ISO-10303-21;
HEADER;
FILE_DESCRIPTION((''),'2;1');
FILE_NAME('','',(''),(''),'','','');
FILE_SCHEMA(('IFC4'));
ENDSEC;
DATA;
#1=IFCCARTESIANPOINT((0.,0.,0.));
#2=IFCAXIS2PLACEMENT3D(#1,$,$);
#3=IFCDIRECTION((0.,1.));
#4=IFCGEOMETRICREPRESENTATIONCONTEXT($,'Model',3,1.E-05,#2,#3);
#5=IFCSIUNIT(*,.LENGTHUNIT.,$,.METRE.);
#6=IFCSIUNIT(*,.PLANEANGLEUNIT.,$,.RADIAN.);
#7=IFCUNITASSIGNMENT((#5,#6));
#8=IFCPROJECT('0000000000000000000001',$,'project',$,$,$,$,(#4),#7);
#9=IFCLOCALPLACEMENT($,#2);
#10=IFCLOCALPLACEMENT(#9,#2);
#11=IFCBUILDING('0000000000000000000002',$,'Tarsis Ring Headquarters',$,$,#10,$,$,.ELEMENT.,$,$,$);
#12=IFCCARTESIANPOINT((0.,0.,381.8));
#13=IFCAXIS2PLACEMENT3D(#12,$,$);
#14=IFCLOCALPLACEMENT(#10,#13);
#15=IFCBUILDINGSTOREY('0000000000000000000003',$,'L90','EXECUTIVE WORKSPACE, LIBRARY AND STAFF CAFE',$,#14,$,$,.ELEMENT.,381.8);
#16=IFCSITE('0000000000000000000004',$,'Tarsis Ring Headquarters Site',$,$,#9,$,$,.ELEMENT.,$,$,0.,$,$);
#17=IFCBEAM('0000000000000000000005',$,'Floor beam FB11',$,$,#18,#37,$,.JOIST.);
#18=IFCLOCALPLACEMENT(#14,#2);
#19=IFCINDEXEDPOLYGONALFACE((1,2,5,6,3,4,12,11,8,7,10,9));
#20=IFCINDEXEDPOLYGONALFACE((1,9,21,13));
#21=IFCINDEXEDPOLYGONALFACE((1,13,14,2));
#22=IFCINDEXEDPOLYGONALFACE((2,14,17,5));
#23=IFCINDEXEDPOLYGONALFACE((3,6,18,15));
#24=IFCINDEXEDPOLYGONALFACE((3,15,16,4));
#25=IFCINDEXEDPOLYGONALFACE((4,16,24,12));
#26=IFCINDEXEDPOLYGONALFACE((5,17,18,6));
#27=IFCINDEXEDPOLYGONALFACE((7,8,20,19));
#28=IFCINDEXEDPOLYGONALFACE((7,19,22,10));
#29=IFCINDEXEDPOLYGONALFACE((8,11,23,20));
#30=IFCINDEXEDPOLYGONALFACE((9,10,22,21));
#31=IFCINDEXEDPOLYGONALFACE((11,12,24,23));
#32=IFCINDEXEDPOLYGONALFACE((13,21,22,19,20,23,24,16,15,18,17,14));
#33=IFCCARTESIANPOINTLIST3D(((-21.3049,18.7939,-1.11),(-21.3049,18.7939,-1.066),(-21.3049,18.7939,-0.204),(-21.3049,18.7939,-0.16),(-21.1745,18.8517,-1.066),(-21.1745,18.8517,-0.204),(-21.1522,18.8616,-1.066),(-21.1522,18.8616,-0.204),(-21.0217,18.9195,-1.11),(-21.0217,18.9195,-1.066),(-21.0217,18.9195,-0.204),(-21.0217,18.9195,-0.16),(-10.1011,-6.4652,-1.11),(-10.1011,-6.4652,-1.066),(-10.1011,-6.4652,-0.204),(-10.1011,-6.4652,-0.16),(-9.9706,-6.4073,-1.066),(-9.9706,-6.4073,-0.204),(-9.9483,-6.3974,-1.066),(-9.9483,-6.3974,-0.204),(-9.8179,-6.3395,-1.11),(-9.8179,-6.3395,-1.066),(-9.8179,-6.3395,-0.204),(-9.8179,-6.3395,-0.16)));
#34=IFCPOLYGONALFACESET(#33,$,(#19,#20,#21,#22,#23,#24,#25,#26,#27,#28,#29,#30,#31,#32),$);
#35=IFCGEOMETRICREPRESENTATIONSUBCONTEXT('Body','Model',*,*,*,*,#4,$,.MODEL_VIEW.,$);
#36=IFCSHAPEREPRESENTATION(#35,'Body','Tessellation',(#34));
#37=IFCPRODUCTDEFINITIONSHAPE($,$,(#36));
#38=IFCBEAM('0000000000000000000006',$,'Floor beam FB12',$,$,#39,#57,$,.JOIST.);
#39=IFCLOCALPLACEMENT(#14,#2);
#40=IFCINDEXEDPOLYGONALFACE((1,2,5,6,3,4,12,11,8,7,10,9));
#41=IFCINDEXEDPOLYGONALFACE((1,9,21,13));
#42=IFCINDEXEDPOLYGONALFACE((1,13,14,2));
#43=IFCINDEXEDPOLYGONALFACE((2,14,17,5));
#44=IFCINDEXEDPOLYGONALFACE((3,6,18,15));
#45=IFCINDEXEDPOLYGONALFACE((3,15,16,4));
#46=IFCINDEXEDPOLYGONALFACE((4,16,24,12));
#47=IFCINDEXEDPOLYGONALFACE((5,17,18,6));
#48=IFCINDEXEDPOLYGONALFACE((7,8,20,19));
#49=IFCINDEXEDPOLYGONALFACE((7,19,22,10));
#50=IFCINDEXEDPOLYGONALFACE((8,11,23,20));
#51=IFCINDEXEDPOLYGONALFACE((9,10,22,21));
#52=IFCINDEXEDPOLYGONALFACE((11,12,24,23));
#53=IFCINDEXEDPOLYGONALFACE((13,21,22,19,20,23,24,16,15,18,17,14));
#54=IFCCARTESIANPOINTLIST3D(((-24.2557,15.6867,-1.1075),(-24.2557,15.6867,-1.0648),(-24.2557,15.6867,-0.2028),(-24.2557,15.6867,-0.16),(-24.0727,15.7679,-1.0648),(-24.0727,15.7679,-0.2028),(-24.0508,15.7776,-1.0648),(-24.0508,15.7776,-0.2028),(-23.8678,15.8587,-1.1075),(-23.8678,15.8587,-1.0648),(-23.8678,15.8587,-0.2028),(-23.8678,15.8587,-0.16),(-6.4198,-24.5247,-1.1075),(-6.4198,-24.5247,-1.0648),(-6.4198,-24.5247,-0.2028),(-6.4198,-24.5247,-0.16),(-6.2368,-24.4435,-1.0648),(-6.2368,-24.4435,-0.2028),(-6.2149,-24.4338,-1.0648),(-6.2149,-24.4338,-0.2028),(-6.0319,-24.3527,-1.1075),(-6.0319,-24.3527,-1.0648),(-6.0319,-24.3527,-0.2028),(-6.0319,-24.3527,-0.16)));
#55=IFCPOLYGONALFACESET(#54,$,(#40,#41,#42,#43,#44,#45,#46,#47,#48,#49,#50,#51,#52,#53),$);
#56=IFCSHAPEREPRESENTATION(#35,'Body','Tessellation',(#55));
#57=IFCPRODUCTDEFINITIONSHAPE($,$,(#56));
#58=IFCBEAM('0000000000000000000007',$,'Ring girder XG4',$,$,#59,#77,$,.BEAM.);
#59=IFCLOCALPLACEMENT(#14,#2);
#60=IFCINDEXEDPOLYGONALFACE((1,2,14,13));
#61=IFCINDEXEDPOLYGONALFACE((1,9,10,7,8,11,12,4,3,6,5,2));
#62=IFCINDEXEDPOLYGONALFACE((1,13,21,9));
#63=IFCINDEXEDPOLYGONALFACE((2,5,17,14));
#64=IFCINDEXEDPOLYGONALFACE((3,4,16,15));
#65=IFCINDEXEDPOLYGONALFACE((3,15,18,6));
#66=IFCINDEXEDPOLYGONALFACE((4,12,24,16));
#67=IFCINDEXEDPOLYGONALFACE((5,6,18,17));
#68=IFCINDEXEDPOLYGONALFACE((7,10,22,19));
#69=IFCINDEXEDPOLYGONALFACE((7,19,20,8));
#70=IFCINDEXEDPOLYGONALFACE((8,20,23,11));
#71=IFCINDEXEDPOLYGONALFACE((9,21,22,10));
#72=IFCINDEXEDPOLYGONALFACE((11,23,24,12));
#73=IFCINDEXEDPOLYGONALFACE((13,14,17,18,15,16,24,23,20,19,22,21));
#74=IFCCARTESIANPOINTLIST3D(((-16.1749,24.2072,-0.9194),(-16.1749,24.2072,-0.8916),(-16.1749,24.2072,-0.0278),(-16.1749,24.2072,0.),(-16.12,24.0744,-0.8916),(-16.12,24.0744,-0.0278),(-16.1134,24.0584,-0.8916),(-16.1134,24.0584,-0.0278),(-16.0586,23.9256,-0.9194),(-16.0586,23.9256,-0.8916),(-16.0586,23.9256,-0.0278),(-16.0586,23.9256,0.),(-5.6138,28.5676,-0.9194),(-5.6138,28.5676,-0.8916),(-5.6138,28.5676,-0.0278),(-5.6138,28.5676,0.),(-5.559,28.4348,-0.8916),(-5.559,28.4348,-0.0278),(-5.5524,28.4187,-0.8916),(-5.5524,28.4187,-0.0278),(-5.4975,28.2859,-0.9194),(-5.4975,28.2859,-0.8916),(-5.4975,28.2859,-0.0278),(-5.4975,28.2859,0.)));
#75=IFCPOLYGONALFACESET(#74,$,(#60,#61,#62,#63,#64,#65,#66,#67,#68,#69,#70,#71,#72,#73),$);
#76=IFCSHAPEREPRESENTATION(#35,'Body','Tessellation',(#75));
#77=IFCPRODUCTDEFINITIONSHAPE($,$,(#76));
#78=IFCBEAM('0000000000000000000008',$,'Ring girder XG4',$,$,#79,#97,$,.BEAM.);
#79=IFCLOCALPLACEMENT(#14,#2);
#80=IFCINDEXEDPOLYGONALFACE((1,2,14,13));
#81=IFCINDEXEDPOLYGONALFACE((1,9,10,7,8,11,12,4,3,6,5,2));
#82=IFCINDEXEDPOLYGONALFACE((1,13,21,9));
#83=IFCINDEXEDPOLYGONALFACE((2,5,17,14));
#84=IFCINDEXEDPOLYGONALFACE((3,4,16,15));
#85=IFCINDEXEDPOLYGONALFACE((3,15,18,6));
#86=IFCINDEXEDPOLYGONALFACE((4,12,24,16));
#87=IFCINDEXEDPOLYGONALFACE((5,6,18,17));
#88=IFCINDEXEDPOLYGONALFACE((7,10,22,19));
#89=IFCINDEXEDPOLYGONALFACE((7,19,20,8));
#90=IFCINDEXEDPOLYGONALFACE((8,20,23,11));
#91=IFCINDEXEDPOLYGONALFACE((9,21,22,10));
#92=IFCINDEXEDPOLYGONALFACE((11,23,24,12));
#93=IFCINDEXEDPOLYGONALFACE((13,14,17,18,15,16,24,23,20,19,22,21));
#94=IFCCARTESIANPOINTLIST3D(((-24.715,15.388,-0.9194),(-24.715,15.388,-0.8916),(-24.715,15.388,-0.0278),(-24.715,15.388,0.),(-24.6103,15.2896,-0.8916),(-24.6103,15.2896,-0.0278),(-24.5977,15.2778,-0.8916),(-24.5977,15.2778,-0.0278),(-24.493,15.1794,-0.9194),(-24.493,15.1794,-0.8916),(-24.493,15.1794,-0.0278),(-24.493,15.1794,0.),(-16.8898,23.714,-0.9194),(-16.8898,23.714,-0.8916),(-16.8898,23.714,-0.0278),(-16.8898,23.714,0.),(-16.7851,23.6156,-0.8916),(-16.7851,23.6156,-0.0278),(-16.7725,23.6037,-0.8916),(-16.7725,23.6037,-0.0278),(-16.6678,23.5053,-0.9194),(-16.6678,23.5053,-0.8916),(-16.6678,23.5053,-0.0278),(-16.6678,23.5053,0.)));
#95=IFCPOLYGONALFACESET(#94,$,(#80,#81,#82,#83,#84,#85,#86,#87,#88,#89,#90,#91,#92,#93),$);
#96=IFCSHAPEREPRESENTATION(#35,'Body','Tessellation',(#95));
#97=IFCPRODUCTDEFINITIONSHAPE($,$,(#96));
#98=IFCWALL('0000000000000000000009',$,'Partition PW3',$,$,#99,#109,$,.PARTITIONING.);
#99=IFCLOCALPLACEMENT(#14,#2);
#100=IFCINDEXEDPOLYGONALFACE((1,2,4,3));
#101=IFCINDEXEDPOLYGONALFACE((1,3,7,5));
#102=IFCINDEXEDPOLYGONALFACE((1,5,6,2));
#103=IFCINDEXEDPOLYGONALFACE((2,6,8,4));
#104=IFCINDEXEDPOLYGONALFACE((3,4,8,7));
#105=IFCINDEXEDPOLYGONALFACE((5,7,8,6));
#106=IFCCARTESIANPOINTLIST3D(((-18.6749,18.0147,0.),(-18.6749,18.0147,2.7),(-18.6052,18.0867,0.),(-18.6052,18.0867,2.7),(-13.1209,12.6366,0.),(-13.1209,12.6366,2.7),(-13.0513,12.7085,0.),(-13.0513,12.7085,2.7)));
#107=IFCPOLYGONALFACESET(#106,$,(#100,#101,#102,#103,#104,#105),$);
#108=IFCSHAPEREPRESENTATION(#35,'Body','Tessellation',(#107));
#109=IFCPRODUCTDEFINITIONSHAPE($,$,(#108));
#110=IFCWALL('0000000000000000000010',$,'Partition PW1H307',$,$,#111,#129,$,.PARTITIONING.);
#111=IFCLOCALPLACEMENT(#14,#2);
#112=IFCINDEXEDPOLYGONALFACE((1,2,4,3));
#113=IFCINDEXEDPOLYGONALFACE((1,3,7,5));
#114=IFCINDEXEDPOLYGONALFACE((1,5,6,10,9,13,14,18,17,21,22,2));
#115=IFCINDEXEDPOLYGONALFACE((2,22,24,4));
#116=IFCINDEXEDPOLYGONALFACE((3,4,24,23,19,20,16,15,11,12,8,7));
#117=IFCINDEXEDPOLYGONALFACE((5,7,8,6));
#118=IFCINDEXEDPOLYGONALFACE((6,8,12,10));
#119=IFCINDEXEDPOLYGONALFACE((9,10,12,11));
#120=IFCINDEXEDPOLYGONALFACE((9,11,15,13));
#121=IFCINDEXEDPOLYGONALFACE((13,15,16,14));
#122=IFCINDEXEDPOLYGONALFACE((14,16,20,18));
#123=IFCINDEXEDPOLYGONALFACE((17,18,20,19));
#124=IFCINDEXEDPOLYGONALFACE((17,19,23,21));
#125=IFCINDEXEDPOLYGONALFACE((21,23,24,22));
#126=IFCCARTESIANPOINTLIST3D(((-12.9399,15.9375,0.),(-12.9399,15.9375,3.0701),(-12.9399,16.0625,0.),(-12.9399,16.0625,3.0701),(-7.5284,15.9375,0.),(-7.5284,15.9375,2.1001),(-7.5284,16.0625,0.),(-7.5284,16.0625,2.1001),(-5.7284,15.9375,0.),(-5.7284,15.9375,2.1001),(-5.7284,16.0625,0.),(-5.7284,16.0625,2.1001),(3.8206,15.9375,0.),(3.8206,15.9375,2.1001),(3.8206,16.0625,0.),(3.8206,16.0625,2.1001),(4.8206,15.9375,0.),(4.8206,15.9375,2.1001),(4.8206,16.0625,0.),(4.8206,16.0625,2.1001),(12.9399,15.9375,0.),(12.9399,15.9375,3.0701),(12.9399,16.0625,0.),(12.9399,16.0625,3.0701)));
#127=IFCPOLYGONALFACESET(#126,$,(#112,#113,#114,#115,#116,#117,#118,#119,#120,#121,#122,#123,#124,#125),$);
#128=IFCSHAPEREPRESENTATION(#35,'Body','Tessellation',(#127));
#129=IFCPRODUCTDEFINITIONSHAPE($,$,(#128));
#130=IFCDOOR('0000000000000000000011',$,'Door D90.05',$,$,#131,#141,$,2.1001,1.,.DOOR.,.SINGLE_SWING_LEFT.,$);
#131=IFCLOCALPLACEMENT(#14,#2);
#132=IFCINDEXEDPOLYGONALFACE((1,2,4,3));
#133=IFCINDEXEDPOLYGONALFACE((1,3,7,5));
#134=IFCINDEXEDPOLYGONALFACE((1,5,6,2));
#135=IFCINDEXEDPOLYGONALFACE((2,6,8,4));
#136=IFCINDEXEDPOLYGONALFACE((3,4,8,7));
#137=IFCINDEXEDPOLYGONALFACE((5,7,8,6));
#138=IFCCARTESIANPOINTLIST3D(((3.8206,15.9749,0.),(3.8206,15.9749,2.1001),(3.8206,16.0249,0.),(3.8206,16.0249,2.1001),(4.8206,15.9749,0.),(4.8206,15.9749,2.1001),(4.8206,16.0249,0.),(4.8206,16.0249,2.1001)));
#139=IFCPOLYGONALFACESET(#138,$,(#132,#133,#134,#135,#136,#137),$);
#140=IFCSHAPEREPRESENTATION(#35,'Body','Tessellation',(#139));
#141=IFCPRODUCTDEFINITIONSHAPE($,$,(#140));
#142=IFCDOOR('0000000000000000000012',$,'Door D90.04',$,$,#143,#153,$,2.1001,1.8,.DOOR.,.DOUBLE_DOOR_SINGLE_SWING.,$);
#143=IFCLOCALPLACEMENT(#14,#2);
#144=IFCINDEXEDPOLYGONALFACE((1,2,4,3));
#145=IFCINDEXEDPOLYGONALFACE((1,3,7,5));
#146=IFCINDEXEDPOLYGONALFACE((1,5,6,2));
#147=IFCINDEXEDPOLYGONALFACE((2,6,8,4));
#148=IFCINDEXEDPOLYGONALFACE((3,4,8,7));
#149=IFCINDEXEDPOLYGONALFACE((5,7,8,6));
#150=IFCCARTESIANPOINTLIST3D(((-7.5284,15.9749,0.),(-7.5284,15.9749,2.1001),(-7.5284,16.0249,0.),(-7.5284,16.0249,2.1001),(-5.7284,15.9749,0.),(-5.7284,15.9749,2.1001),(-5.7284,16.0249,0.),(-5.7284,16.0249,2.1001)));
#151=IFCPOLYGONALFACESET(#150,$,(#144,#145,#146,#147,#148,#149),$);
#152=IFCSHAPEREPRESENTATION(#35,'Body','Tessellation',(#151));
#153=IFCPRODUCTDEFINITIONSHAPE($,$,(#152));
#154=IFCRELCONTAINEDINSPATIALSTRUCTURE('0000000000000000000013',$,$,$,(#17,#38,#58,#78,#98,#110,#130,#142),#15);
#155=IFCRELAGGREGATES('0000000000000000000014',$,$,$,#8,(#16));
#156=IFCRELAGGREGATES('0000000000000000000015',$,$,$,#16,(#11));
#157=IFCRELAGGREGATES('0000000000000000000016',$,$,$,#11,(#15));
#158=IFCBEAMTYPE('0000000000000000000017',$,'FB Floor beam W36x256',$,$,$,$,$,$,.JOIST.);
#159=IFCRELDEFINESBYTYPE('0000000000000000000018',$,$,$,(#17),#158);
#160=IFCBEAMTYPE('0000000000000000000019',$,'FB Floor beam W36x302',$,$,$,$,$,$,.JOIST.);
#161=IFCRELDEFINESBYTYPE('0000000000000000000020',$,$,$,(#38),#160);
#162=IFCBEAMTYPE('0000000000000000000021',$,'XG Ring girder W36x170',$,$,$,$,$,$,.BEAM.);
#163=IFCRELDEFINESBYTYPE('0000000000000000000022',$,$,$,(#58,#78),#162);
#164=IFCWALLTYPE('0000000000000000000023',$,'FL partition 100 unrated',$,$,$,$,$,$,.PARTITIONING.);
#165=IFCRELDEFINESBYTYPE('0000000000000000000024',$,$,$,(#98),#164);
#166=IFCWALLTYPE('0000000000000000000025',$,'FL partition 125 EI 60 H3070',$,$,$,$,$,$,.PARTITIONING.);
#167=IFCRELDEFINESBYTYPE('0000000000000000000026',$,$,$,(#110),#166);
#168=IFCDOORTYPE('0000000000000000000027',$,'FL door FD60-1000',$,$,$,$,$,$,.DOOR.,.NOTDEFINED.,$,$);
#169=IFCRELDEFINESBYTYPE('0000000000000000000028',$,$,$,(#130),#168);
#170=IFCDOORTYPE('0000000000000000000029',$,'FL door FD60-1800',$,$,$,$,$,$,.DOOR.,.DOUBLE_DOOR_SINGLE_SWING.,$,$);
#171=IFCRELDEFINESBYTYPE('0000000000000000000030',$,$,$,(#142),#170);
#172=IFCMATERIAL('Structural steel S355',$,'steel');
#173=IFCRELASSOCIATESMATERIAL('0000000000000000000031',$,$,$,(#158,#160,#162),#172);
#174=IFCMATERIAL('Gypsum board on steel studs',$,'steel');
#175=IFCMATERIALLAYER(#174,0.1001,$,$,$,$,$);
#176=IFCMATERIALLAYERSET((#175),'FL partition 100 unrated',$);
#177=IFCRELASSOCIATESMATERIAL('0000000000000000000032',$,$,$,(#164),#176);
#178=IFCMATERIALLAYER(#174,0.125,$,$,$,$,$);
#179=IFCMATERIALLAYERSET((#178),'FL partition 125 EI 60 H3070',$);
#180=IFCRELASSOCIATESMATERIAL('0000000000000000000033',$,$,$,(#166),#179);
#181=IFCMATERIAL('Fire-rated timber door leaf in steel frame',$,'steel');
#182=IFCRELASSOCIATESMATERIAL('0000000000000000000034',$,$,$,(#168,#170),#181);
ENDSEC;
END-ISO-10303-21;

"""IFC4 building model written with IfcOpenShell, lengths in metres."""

from ifc_helpers import new_model, si_unit, direction, frame, frame_2d, origin, origin_2d, place, context, subcontext, project, spatial, rectangle, i_section, extrude, material, layer, layer_set, material_profile, profile_set, type_object, element, fill, save


model = new_model("IFC4")

# Units and contexts
model_context = context("Model", 3, precision=1e-05, world=origin(), true_north=direction((0.0, 1.0)))
body_context = subcontext(model_context, "Body", "Model", "MODEL_VIEW")
ifc_project = project(units=[si_unit("LENGTHUNIT", "METRE"), si_unit("PLANEANGLEUNIT", "RADIAN")], contexts=[model_context])

# Site, building, storey
site_placement = place(None, origin())
site = spatial("IfcSite", under=ifc_project, at=site_placement, Name="Tarsis Ring Headquarters Site", CompositionType="ELEMENT", RefElevation=0.0)
building_placement = place(site_placement, origin())
building = spatial("IfcBuilding", under=site, at=building_placement, Name="Tarsis Ring Headquarters", CompositionType="ELEMENT")
storey_placement = place(building_placement, frame((0.0, 0.0, 381.8)))
storey = spatial("IfcBuildingStorey", under=building, at=storey_placement, Name="L90", Description="EXECUTIVE WORKSPACE, LIBRARY AND STAFF CAFE", CompositionType="ELEMENT", Elevation=381.8)

# Shared definitions
ifc_material_1 = material(Name="Structural steel S355", Category="steel")

# Beams
ifc_material_profile_1 = material_profile(ifc_material_1, i_section(OverallWidth=0.3098, OverallDepth=0.95, WebThickness=0.0244, FlangeThickness=0.0439, at=origin_2d()), Name="W36x256")
ifc_profile_set_1 = profile_set([ifc_material_profile_1], Name="Structural steel S355")
beam_type_1 = type_object("IfcBeamType", Name="FB Floor beam W36x256", PredefinedType="JOIST", material=ifc_profile_set_1)
beam_1_placement = place(storey_placement, frame((-21.1633, 18.8567, -0.635), z_axis=(0.405462, -0.914112, 0.0), x_axis=(0.914112, 0.405462, 0.0)))
element("IfcBeam", 1, at=beam_1_placement, inside=storey, type_object=beam_type_1, Name="Floor beam FB11", PredefinedType="JOIST", context=body_context, shape_type="SweptSolid", body=[
    extrude(i_section(OverallWidth=0.3098, OverallDepth=0.95, WebThickness=0.0244, FlangeThickness=0.0439, at=origin_2d()), origin(), (0.0, 0.0, 1.0), 27.6323),
])
ifc_material_profile_2 = material_profile(ifc_material_1, i_section(OverallWidth=0.4243, OverallDepth=0.9475, WebThickness=0.0239, FlangeThickness=0.0427, at=origin_2d()), Name="W36x302")
ifc_profile_set_2 = profile_set([ifc_material_profile_2], Name="Structural steel S355")
beam_type_2 = type_object("IfcBeamType", Name="FB Floor beam W36x302", PredefinedType="JOIST", material=ifc_profile_set_2)
beam_2_placement = place(storey_placement, frame((-24.0618, 15.7727, -0.6338), z_axis=(0.405459, -0.914113, 0.0), x_axis=(0.914113, 0.405459, 0.0)))
element("IfcBeam", 2, at=beam_2_placement, inside=storey, type_object=beam_type_2, Name="Floor beam FB12", PredefinedType="JOIST", context=body_context, shape_type="SweptSolid", body=[
    extrude(i_section(OverallWidth=0.4243, OverallDepth=0.9475, WebThickness=0.0239, FlangeThickness=0.0427, at=origin_2d()), origin(), (0.0, 0.0, 1.0), 43.9895),
])
ifc_material_profile_3 = material_profile(ifc_material_1, i_section(OverallWidth=0.3047, OverallDepth=0.9194, WebThickness=0.0173, FlangeThickness=0.0278, at=origin_2d()), Name="W36x170")
ifc_profile_set_3 = profile_set([ifc_material_profile_3], Name="Structural steel S355")
beam_type_3 = type_object("IfcBeamType", Name="XG Ring girder W36x170", PredefinedType="BEAM", material=ifc_profile_set_3)
beam_3_placement = place(storey_placement, frame((-5.5557, 28.4268, -0.4597), z_axis=(-0.924317, -0.381624, 0.0), x_axis=(0.381624, -0.924317, 0.0)))
element("IfcBeam", 3, at=beam_3_placement, inside=storey, type_object=beam_type_3, Name="Ring girder XG4", PredefinedType="BEAM", context=body_context, shape_type="SweptSolid", body=[
    extrude(i_section(OverallWidth=0.3047, OverallDepth=0.9194, WebThickness=0.0173, FlangeThickness=0.0278, at=origin_2d()), origin(), (0.0, 0.0, 1.0), 11.4258),
])
beam_4_placement = place(storey_placement, frame((-16.7788, 23.6096, -0.4597), z_axis=(-0.684855, -0.728679, 0.0), x_axis=(0.728679, -0.684855, 0.0)))
element("IfcBeam", 4, at=beam_4_placement, inside=storey, type_object=beam_type_3, Name="Ring girder XG4", PredefinedType="BEAM", context=body_context, shape_type="SweptSolid", body=[
    extrude(i_section(OverallWidth=0.3047, OverallDepth=0.9194, WebThickness=0.0173, FlangeThickness=0.0278, at=origin_2d()), origin(), (0.0, 0.0, 1.0), 11.426),
])

# Wall
ifc_material_2 = material(Name="Gypsum board on steel studs", Category="steel")
ifc_layer_1 = layer(ifc_material_2, 0.1001)
ifc_layer_set_1 = layer_set([ifc_layer_1], Name="FL partition 100 unrated")
wall_type_1 = type_object("IfcWallType", Name="FL partition 100 unrated", PredefinedType="PARTITIONING", material=ifc_layer_set_1)
wall_1_placement = place(storey_placement, frame((-18.6401, 18.0508, 0.0), z_axis=(0.0, 0.0, 1.0), x_axis=(0.718384, -0.695647, 0.0)))
element("IfcWall", 5, at=wall_1_placement, inside=storey, type_object=wall_type_1, Name="Partition PW3", PredefinedType="PARTITIONING", context=body_context, shape_type="SweptSolid", body=[
    extrude(rectangle(XDim=7.7312, YDim=0.1001, at=frame_2d((3.8657, 0.0))), origin(), (0.0, 0.0, 1.0), 2.7),
])

# Wall, openings, doors
ifc_layer_2 = layer(ifc_material_2, 0.125)
ifc_layer_set_2 = layer_set([ifc_layer_2], Name="FL partition 125 EI 60 H3070")
wall_type_2 = type_object("IfcWallType", Name="FL partition 125 EI 60 H3070", PredefinedType="PARTITIONING", material=ifc_layer_set_2)
wall_2_placement = place(storey_placement, frame((-12.9399, 16.0, 0.0), z_axis=(0.0, 0.0, 1.0), x_axis=(1.0, 0.0, 0.0)))
wall_2 = element("IfcWall", 6, at=wall_2_placement, inside=storey, type_object=wall_type_2, Name="Partition PW1H307", PredefinedType="PARTITIONING", context=body_context, shape_type="SweptSolid", body=[
    extrude(rectangle(XDim=25.8799, YDim=0.125, at=frame_2d((12.9399, 0.0))), origin(), (0.0, 0.0, 1.0), 3.0701),
])
opening_1_placement = place(wall_2_placement, frame((5.4116, 0.0, 0.0)))
opening_1 = element("IfcOpeningElement", 7, at=opening_1_placement, cuts=wall_2, PredefinedType="OPENING", context=body_context, shape_type="SweptSolid", body=[
    extrude(rectangle(XDim=1.8, YDim=2.1001, at=frame_2d((0.8999, 1.05))), frame((0.0, 0.0725, 0.0), z_axis=(0.0, -1.0, 0.0), x_axis=(1.0, 0.0, 0.0)), (0.0, 0.0, 1.0), 0.145),
])
opening_2_placement = place(wall_2_placement, frame((16.7605, 0.0, 0.0)))
opening_2 = element("IfcOpeningElement", 8, at=opening_2_placement, cuts=wall_2, PredefinedType="OPENING", context=body_context, shape_type="SweptSolid", body=[
    extrude(rectangle(XDim=1.0, YDim=2.1001, at=frame_2d((0.5, 1.05))), frame((0.0, 0.0725, 0.0), z_axis=(0.0, -1.0, 0.0), x_axis=(1.0, 0.0, 0.0)), (0.0, 0.0, 1.0), 0.145),
])
ifc_material_3 = material(Name="Fire-rated timber door leaf in steel frame", Category="steel")
door_type_1 = type_object("IfcDoorType", Name="FL door FD60-1000", OperationType="NOTDEFINED", PredefinedType="DOOR", material=ifc_material_3)
door_1_placement = place(opening_2_placement, origin())
door_1 = element("IfcDoor", 9, at=door_1_placement, inside=storey, type_object=door_type_1, Name="Door D90.05", OperationType="SINGLE_SWING_LEFT", OverallHeight=2.1001, OverallWidth=1.0, PredefinedType="DOOR", context=body_context, shape_type="SweptSolid", body=[
    extrude(rectangle(XDim=1.0, YDim=2.1001, at=frame_2d((0.5, 1.05))), frame((0.0, 0.0249, 0.0), z_axis=(0.0, -1.0, 0.0), x_axis=(1.0, 0.0, 0.0)), (0.0, 0.0, 1.0), 0.05),
])
fill(opening_2, door_1)
door_type_2 = type_object("IfcDoorType", Name="FL door FD60-1800", OperationType="DOUBLE_DOOR_SINGLE_SWING", PredefinedType="DOOR", material=ifc_material_3)
door_2_placement = place(opening_1_placement, origin())
door_2 = element("IfcDoor", 10, at=door_2_placement, inside=storey, type_object=door_type_2, Name="Door D90.04", OperationType="DOUBLE_DOOR_SINGLE_SWING", OverallHeight=2.1001, OverallWidth=1.8, PredefinedType="DOOR", context=body_context, shape_type="SweptSolid", body=[
    extrude(rectangle(XDim=1.8, YDim=2.1001, at=frame_2d((0.8999, 1.05))), frame((0.0, 0.0249, 0.0), z_axis=(0.0, -1.0, 0.0), x_axis=(1.0, 0.0, 0.0)), (0.0, 0.0, 1.0), 0.05),
])
fill(opening_1, door_2)

save(model, "model.ifc")
